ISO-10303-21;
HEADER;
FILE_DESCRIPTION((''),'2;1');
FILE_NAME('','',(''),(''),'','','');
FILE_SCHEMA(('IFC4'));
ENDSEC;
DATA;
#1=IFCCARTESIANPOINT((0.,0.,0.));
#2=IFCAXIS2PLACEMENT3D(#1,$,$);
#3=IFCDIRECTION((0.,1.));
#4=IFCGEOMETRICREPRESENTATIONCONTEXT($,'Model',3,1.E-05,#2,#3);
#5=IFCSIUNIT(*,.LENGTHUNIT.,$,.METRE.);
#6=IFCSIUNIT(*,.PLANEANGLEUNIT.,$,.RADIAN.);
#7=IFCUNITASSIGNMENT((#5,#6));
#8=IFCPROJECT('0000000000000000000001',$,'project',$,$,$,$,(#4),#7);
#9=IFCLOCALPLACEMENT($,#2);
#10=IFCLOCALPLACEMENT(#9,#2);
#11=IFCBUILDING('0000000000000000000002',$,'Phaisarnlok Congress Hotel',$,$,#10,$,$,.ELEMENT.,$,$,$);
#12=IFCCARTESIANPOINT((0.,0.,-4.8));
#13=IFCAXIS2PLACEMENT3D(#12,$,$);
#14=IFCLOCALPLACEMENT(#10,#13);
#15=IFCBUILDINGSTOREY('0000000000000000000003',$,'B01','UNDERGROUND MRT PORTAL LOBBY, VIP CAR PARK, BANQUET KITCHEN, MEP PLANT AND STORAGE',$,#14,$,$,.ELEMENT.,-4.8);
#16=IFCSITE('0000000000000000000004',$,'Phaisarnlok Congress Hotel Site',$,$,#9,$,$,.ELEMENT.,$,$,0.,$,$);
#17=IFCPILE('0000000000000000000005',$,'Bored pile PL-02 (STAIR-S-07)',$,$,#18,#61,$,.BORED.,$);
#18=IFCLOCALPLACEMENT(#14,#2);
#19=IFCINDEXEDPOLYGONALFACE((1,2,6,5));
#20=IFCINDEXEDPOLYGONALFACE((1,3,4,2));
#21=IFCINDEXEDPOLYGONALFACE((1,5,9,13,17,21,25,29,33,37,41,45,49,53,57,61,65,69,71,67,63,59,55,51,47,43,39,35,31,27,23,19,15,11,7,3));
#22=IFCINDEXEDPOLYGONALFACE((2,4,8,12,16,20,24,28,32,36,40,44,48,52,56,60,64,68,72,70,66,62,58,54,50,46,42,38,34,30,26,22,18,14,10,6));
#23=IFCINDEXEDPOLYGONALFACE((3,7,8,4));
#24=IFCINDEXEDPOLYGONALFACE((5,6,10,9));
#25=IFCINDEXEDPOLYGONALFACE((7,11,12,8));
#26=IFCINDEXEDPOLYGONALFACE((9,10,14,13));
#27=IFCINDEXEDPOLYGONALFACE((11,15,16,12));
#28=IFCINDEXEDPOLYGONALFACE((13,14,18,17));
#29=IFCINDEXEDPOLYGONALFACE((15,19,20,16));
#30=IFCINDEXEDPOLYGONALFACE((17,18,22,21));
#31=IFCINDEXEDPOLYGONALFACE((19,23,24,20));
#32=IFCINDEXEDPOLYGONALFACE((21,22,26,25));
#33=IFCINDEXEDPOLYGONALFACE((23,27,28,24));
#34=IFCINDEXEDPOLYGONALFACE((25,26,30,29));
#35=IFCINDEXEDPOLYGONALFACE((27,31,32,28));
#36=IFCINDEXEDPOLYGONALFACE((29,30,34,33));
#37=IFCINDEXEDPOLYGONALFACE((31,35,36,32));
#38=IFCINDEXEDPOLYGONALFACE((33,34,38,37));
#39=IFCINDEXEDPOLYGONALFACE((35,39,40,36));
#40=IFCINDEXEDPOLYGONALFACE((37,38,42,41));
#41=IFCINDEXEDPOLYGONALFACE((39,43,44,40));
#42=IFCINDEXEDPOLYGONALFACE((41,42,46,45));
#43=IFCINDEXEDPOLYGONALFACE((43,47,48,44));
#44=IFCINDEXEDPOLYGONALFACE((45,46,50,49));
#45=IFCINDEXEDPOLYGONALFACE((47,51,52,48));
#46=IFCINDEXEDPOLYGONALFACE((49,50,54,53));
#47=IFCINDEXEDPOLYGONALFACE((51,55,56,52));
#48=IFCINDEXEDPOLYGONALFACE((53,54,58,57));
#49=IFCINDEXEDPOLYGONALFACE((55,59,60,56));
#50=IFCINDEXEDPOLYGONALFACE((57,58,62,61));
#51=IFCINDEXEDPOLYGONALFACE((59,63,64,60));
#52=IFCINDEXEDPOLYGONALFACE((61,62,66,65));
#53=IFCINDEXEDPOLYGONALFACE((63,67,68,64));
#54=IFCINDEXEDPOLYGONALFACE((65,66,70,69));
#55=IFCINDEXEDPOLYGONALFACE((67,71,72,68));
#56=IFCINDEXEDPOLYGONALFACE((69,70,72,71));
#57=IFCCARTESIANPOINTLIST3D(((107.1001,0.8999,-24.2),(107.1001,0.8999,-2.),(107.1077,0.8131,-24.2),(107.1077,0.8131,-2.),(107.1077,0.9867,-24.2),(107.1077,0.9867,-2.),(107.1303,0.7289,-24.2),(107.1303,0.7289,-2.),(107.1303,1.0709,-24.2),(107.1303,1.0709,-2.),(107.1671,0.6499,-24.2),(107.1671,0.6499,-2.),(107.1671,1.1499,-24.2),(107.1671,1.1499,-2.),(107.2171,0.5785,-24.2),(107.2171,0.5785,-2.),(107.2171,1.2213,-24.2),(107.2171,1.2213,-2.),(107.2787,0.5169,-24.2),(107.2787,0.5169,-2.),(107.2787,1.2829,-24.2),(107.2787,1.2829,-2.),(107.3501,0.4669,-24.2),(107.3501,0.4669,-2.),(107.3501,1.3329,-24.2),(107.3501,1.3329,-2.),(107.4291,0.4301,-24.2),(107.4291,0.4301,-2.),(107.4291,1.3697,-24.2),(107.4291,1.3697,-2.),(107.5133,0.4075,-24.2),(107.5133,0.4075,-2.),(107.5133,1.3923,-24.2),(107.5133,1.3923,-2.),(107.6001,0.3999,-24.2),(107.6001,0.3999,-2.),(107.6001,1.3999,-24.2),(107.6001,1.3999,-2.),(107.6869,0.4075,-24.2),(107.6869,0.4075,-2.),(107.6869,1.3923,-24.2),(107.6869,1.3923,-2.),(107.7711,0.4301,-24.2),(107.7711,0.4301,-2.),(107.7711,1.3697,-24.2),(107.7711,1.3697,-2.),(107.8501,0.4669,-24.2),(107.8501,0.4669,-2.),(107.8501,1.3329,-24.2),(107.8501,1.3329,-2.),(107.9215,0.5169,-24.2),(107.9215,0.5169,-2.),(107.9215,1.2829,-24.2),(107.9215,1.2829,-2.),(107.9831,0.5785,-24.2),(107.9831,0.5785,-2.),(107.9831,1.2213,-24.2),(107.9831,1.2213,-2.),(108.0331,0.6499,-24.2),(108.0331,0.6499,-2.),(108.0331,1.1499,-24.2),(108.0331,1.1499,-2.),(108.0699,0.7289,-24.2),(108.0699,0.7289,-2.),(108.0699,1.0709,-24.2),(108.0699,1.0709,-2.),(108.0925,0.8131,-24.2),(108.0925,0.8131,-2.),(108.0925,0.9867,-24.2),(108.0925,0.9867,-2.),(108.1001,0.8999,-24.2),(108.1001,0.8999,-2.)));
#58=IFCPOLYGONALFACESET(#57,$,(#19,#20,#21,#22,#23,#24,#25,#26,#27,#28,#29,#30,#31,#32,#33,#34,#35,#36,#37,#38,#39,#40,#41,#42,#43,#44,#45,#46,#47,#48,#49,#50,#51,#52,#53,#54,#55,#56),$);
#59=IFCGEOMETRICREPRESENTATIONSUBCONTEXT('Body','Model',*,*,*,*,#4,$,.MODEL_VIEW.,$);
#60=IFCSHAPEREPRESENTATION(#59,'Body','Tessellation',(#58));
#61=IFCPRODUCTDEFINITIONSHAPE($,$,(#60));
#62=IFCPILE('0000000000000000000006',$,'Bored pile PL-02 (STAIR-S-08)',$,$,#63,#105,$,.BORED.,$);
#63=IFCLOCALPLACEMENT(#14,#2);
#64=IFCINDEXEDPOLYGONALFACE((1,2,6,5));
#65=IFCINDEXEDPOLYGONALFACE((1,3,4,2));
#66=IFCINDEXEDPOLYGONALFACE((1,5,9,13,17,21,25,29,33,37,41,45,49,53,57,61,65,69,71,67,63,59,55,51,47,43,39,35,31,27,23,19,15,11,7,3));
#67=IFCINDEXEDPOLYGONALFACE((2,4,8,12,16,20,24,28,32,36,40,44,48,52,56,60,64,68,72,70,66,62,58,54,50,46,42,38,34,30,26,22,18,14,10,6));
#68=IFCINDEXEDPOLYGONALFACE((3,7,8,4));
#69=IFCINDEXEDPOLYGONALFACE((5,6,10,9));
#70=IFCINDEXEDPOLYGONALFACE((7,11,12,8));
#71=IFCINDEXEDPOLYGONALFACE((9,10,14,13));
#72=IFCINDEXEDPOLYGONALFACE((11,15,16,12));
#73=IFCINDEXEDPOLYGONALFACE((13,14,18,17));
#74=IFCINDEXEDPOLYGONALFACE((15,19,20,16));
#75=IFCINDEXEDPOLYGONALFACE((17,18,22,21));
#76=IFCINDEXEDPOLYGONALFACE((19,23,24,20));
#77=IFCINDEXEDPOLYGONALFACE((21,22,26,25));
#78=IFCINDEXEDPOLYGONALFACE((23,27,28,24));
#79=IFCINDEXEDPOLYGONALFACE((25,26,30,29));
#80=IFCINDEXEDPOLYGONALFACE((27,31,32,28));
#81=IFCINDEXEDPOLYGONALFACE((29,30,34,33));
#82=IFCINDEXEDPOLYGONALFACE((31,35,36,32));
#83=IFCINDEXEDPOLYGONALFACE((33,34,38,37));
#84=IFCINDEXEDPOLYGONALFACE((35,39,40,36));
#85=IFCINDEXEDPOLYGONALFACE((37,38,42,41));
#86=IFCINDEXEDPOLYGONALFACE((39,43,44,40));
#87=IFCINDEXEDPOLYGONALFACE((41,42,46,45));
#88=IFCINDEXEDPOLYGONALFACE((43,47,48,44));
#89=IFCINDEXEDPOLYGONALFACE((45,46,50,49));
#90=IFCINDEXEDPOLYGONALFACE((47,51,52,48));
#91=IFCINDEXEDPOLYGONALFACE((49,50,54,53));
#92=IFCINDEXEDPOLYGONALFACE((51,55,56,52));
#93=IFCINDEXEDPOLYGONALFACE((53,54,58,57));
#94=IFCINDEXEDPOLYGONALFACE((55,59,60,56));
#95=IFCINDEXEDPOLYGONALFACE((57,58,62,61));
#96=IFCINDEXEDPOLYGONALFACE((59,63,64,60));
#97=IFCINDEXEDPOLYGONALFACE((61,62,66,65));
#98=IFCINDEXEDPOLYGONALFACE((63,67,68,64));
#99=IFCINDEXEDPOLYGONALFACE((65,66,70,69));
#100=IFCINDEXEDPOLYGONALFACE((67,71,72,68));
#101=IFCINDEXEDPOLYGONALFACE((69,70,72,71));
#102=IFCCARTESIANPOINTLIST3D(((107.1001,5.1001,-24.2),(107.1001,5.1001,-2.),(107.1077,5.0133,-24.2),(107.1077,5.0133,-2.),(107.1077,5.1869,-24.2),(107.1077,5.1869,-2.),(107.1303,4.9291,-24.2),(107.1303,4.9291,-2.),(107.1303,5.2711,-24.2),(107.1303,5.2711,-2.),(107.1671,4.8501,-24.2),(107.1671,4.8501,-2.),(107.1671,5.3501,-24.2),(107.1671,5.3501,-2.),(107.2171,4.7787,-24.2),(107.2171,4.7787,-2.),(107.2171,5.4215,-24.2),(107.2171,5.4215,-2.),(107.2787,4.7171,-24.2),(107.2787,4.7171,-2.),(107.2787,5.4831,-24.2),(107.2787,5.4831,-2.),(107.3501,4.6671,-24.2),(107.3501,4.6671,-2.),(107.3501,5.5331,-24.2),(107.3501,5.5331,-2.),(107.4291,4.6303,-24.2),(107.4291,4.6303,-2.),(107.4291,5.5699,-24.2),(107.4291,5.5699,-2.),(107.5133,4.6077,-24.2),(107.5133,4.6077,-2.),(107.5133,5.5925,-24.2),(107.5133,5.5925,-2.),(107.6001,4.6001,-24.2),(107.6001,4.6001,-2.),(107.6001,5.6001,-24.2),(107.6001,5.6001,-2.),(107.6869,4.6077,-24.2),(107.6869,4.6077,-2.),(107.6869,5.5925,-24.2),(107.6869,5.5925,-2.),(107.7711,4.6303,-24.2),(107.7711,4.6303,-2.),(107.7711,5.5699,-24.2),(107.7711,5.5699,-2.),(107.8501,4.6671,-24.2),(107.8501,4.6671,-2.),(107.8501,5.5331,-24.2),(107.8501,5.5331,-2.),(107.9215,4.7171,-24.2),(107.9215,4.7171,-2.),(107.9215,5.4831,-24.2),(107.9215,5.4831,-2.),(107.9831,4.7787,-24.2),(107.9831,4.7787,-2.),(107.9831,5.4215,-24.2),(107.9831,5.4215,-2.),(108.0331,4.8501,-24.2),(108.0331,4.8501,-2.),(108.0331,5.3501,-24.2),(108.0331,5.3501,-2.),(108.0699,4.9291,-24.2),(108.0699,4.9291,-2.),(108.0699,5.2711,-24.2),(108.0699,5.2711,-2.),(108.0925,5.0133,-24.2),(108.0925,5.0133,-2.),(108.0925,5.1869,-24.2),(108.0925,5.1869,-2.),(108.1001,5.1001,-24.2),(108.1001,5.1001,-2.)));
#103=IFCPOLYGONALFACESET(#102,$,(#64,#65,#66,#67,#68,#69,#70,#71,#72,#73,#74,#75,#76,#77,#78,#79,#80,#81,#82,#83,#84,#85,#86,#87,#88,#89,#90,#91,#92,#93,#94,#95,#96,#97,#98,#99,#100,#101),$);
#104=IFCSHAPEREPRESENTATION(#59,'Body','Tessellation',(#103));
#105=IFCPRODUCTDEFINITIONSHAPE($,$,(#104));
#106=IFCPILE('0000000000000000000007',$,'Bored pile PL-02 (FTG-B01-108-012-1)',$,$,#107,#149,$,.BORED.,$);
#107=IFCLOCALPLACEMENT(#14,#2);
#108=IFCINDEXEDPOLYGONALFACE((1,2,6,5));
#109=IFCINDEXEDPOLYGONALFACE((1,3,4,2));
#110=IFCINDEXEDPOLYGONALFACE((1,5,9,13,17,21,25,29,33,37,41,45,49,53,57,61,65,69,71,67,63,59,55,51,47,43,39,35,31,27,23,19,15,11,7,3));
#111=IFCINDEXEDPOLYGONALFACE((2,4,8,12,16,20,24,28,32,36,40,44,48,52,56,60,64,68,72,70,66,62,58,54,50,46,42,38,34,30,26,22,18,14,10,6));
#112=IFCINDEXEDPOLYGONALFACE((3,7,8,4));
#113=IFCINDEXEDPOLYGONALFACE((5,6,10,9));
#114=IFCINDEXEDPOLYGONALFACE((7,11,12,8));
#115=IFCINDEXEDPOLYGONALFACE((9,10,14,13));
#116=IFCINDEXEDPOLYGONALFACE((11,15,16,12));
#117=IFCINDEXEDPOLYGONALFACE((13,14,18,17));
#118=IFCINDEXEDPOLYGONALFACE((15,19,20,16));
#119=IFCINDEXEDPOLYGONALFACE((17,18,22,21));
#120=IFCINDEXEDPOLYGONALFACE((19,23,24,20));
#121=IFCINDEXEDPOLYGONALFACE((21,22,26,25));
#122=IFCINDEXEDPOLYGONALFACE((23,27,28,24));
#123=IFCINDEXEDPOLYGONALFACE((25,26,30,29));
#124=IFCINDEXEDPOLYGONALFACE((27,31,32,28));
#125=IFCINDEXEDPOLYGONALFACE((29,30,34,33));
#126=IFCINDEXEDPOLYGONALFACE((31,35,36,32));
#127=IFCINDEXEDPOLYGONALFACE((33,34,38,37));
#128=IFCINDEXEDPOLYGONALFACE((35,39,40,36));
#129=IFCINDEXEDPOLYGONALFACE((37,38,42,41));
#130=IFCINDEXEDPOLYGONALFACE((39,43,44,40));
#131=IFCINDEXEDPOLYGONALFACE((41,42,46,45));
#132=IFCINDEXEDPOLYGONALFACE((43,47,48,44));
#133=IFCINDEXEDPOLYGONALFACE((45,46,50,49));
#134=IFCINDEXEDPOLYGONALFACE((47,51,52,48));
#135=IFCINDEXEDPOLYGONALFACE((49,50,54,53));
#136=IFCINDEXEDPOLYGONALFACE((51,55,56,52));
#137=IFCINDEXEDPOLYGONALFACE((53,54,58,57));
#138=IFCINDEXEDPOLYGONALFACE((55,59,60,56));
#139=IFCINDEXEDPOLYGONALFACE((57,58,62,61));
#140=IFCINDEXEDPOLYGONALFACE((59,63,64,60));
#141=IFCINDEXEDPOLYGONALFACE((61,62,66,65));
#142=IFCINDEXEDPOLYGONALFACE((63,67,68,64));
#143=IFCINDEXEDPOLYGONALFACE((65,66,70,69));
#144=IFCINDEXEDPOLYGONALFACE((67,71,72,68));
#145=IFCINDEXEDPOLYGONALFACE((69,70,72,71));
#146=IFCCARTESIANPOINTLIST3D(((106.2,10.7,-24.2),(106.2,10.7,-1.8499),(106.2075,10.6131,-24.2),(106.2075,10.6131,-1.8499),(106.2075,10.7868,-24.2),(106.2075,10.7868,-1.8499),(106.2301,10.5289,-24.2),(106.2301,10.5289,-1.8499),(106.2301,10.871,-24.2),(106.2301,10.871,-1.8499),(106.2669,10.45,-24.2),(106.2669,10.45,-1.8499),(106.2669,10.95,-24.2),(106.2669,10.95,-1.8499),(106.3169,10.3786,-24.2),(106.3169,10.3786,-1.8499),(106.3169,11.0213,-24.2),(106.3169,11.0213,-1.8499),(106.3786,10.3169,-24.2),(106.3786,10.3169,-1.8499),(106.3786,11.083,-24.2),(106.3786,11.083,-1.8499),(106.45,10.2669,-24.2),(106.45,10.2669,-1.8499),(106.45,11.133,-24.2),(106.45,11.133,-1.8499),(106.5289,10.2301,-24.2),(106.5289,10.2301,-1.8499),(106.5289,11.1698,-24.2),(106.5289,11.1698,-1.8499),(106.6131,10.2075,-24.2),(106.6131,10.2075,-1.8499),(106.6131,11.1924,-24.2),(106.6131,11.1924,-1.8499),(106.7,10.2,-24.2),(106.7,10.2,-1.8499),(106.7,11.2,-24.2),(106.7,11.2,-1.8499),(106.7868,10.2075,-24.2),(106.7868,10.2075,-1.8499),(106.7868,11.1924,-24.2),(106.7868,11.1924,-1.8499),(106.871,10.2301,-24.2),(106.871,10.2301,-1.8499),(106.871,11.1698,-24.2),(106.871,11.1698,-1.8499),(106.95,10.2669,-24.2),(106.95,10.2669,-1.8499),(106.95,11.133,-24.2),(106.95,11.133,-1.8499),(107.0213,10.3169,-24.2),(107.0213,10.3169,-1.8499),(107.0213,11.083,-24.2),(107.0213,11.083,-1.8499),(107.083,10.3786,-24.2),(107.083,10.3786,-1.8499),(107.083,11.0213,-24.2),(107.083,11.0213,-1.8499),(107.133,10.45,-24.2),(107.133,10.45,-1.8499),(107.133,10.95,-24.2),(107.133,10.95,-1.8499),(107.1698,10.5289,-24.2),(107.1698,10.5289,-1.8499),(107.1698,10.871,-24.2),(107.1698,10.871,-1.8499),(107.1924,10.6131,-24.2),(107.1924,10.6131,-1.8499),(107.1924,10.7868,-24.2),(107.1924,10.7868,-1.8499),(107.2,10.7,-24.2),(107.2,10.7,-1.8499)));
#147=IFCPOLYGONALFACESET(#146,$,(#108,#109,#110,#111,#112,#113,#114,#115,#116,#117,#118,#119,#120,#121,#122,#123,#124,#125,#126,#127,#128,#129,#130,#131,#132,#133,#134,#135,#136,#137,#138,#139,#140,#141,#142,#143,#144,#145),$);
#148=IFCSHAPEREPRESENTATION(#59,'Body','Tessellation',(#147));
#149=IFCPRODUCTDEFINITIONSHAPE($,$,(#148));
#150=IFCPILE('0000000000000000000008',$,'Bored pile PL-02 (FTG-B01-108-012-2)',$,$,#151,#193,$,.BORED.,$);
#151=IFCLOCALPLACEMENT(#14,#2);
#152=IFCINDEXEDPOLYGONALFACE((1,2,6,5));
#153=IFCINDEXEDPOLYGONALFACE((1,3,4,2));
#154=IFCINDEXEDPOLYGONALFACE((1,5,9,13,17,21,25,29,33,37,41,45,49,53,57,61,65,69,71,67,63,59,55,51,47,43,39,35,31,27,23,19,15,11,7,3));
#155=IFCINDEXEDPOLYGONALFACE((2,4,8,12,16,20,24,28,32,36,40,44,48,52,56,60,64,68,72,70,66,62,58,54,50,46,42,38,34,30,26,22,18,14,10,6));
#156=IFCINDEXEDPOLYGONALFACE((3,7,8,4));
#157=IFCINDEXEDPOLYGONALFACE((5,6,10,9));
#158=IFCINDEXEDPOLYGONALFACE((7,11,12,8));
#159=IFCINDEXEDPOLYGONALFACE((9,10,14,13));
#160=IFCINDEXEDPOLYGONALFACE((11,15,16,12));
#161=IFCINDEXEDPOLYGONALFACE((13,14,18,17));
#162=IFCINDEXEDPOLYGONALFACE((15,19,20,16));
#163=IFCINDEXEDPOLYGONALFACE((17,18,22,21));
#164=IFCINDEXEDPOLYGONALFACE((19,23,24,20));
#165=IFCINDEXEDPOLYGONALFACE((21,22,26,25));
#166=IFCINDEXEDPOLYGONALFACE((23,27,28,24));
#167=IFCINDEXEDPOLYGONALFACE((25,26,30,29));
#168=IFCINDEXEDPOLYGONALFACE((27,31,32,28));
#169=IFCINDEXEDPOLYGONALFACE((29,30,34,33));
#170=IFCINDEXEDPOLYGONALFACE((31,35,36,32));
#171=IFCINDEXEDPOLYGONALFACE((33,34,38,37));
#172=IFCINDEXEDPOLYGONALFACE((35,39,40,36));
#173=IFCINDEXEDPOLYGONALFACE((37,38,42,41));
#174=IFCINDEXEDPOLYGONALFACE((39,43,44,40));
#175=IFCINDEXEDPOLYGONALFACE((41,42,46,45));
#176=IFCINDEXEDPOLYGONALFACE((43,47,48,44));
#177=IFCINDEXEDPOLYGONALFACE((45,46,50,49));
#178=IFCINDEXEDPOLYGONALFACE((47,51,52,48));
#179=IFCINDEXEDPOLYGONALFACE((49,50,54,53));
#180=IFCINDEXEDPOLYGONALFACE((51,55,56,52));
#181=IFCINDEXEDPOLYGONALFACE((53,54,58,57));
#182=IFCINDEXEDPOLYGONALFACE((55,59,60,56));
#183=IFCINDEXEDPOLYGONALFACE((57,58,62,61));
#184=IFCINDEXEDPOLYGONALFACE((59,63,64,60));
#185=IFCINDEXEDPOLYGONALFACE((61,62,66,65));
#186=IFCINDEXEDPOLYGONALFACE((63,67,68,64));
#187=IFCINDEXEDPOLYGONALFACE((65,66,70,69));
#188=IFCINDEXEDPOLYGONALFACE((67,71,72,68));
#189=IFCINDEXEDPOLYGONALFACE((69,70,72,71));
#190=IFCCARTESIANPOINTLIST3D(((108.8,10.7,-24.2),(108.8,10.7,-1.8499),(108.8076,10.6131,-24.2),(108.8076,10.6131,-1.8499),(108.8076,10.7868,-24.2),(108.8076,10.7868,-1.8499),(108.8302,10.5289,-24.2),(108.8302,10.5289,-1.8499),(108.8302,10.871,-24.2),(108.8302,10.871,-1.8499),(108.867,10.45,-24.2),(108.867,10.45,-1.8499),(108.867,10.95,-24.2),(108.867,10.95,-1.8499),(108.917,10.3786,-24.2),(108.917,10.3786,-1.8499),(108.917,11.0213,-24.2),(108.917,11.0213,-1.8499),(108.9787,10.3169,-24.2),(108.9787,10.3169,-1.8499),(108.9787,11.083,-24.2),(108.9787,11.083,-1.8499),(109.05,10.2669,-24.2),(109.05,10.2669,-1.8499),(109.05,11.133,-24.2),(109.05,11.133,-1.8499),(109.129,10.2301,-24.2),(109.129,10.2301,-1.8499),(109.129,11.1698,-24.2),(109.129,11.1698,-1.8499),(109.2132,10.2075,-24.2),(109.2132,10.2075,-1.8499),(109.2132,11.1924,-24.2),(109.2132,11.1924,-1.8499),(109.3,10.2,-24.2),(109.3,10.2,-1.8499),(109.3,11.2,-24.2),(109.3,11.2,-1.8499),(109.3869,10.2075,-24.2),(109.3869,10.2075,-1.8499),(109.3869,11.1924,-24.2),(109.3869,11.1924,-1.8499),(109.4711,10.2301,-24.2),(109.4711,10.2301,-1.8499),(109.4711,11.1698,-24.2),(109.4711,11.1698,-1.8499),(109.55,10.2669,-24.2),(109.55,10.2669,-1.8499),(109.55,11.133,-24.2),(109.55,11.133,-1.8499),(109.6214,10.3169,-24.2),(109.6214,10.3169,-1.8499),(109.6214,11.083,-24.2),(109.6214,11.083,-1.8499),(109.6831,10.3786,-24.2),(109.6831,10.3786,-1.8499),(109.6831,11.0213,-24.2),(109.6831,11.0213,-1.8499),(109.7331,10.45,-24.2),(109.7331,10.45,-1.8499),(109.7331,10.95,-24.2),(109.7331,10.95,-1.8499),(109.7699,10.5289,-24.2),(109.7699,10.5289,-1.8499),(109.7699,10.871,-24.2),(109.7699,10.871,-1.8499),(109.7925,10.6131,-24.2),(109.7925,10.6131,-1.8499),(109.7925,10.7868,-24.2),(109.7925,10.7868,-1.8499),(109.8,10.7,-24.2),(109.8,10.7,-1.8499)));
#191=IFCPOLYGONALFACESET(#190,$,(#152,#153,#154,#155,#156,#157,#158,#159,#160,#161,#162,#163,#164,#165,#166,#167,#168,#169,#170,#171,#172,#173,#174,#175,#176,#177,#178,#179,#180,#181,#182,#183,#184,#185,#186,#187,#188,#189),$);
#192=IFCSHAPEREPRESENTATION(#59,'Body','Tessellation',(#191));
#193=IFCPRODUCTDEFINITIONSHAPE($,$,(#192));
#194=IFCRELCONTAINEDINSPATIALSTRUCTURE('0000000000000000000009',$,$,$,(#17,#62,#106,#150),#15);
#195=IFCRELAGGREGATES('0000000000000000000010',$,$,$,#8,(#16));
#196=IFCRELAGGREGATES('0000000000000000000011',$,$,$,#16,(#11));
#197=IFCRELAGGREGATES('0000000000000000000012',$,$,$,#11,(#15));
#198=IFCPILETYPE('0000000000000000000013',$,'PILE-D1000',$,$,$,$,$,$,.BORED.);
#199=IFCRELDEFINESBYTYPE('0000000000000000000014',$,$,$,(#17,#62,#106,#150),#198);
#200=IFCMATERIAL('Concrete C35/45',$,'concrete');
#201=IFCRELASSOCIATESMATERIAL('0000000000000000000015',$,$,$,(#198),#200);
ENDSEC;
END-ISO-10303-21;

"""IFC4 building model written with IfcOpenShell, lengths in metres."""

from ifc_helpers import new_model, si_unit, direction, frame, origin, origin_2d, place, context, subcontext, project, spatial, circle, extrude, material, material_profile, profile_set, type_object, element, save


model = new_model("IFC4")

# Units and contexts
model_context = context("Model", 3, precision=1e-05, world=origin(), true_north=direction((0.0, 1.0)))
body_context = subcontext(model_context, "Body", "Model", "MODEL_VIEW")
ifc_project = project(units=[si_unit("LENGTHUNIT", "METRE"), si_unit("PLANEANGLEUNIT", "RADIAN")], contexts=[model_context])

# Site, building, storey
site_placement = place(None, origin())
site = spatial("IfcSite", under=ifc_project, at=site_placement, Name="Phaisarnlok Congress Hotel Site", CompositionType="ELEMENT", RefElevation=0.0)
building_placement = place(site_placement, origin())
building = spatial("IfcBuilding", under=site, at=building_placement, Name="Phaisarnlok Congress Hotel", CompositionType="ELEMENT")
storey_placement = place(building_placement, frame((0.0, 0.0, -4.8)))
storey = spatial("IfcBuildingStorey", under=building, at=storey_placement, Name="B01", Description="UNDERGROUND MRT PORTAL LOBBY, VIP CAR PARK, BANQUET KITCHEN, MEP PLANT AND STORAGE", CompositionType="ELEMENT", Elevation=-4.8)

# Piles
ifc_material_1 = material(Name="Concrete C35/45", Category="concrete")
ifc_material_profile_1 = material_profile(ifc_material_1, circle(Radius=0.5, at=origin_2d()), Name="BORED PILE D1000")
ifc_profile_set_1 = profile_set([ifc_material_profile_1], Name="Concrete C35/45")
pile_type_1 = type_object("IfcPileType", Name="PILE-D1000", PredefinedType="BORED", material=ifc_profile_set_1)
for number, where, z_axis, x_axis, name in (
    (1, (107.6001, 0.8999, -2.0), (0.0, 0.0, -1.0), (1.0, 0.0, 0.0), "Bored pile PL-02 (STAIR-S-07)"),
    (2, (107.6001, 5.1001, -2.0), (0.0, 0.0, -1.0), (1.0, 0.0, 0.0), "Bored pile PL-02 (STAIR-S-08)"),
):
    element("IfcPile", number, at=place(storey_placement, frame(where, z_axis=z_axis, x_axis=x_axis)), inside=storey, type_object=pile_type_1, Name=name, PredefinedType="BORED", context=body_context, shape_type="SweptSolid", body=[
        extrude(circle(Radius=0.5, at=origin_2d()), origin(), (0.0, 0.0, 1.0), 22.2),
    ])
for number, where, z_axis, x_axis, name in (
    (3, (106.7, 10.7, -1.8499), (0.0, 0.0, -1.0), (1.0, 0.0, 0.0), "Bored pile PL-02 (FTG-B01-108-012-1)"),
    (4, (109.3, 10.7, -1.8499), (0.0, 0.0, -1.0), (1.0, 0.0, 0.0), "Bored pile PL-02 (FTG-B01-108-012-2)"),
):
    element("IfcPile", number, at=place(storey_placement, frame(where, z_axis=z_axis, x_axis=x_axis)), inside=storey, type_object=pile_type_1, Name=name, PredefinedType="BORED", context=body_context, shape_type="SweptSolid", body=[
        extrude(circle(Radius=0.5, at=origin_2d()), origin(), (0.0, 0.0, 1.0), 22.3501),
    ])

save(model, "model.ifc")
